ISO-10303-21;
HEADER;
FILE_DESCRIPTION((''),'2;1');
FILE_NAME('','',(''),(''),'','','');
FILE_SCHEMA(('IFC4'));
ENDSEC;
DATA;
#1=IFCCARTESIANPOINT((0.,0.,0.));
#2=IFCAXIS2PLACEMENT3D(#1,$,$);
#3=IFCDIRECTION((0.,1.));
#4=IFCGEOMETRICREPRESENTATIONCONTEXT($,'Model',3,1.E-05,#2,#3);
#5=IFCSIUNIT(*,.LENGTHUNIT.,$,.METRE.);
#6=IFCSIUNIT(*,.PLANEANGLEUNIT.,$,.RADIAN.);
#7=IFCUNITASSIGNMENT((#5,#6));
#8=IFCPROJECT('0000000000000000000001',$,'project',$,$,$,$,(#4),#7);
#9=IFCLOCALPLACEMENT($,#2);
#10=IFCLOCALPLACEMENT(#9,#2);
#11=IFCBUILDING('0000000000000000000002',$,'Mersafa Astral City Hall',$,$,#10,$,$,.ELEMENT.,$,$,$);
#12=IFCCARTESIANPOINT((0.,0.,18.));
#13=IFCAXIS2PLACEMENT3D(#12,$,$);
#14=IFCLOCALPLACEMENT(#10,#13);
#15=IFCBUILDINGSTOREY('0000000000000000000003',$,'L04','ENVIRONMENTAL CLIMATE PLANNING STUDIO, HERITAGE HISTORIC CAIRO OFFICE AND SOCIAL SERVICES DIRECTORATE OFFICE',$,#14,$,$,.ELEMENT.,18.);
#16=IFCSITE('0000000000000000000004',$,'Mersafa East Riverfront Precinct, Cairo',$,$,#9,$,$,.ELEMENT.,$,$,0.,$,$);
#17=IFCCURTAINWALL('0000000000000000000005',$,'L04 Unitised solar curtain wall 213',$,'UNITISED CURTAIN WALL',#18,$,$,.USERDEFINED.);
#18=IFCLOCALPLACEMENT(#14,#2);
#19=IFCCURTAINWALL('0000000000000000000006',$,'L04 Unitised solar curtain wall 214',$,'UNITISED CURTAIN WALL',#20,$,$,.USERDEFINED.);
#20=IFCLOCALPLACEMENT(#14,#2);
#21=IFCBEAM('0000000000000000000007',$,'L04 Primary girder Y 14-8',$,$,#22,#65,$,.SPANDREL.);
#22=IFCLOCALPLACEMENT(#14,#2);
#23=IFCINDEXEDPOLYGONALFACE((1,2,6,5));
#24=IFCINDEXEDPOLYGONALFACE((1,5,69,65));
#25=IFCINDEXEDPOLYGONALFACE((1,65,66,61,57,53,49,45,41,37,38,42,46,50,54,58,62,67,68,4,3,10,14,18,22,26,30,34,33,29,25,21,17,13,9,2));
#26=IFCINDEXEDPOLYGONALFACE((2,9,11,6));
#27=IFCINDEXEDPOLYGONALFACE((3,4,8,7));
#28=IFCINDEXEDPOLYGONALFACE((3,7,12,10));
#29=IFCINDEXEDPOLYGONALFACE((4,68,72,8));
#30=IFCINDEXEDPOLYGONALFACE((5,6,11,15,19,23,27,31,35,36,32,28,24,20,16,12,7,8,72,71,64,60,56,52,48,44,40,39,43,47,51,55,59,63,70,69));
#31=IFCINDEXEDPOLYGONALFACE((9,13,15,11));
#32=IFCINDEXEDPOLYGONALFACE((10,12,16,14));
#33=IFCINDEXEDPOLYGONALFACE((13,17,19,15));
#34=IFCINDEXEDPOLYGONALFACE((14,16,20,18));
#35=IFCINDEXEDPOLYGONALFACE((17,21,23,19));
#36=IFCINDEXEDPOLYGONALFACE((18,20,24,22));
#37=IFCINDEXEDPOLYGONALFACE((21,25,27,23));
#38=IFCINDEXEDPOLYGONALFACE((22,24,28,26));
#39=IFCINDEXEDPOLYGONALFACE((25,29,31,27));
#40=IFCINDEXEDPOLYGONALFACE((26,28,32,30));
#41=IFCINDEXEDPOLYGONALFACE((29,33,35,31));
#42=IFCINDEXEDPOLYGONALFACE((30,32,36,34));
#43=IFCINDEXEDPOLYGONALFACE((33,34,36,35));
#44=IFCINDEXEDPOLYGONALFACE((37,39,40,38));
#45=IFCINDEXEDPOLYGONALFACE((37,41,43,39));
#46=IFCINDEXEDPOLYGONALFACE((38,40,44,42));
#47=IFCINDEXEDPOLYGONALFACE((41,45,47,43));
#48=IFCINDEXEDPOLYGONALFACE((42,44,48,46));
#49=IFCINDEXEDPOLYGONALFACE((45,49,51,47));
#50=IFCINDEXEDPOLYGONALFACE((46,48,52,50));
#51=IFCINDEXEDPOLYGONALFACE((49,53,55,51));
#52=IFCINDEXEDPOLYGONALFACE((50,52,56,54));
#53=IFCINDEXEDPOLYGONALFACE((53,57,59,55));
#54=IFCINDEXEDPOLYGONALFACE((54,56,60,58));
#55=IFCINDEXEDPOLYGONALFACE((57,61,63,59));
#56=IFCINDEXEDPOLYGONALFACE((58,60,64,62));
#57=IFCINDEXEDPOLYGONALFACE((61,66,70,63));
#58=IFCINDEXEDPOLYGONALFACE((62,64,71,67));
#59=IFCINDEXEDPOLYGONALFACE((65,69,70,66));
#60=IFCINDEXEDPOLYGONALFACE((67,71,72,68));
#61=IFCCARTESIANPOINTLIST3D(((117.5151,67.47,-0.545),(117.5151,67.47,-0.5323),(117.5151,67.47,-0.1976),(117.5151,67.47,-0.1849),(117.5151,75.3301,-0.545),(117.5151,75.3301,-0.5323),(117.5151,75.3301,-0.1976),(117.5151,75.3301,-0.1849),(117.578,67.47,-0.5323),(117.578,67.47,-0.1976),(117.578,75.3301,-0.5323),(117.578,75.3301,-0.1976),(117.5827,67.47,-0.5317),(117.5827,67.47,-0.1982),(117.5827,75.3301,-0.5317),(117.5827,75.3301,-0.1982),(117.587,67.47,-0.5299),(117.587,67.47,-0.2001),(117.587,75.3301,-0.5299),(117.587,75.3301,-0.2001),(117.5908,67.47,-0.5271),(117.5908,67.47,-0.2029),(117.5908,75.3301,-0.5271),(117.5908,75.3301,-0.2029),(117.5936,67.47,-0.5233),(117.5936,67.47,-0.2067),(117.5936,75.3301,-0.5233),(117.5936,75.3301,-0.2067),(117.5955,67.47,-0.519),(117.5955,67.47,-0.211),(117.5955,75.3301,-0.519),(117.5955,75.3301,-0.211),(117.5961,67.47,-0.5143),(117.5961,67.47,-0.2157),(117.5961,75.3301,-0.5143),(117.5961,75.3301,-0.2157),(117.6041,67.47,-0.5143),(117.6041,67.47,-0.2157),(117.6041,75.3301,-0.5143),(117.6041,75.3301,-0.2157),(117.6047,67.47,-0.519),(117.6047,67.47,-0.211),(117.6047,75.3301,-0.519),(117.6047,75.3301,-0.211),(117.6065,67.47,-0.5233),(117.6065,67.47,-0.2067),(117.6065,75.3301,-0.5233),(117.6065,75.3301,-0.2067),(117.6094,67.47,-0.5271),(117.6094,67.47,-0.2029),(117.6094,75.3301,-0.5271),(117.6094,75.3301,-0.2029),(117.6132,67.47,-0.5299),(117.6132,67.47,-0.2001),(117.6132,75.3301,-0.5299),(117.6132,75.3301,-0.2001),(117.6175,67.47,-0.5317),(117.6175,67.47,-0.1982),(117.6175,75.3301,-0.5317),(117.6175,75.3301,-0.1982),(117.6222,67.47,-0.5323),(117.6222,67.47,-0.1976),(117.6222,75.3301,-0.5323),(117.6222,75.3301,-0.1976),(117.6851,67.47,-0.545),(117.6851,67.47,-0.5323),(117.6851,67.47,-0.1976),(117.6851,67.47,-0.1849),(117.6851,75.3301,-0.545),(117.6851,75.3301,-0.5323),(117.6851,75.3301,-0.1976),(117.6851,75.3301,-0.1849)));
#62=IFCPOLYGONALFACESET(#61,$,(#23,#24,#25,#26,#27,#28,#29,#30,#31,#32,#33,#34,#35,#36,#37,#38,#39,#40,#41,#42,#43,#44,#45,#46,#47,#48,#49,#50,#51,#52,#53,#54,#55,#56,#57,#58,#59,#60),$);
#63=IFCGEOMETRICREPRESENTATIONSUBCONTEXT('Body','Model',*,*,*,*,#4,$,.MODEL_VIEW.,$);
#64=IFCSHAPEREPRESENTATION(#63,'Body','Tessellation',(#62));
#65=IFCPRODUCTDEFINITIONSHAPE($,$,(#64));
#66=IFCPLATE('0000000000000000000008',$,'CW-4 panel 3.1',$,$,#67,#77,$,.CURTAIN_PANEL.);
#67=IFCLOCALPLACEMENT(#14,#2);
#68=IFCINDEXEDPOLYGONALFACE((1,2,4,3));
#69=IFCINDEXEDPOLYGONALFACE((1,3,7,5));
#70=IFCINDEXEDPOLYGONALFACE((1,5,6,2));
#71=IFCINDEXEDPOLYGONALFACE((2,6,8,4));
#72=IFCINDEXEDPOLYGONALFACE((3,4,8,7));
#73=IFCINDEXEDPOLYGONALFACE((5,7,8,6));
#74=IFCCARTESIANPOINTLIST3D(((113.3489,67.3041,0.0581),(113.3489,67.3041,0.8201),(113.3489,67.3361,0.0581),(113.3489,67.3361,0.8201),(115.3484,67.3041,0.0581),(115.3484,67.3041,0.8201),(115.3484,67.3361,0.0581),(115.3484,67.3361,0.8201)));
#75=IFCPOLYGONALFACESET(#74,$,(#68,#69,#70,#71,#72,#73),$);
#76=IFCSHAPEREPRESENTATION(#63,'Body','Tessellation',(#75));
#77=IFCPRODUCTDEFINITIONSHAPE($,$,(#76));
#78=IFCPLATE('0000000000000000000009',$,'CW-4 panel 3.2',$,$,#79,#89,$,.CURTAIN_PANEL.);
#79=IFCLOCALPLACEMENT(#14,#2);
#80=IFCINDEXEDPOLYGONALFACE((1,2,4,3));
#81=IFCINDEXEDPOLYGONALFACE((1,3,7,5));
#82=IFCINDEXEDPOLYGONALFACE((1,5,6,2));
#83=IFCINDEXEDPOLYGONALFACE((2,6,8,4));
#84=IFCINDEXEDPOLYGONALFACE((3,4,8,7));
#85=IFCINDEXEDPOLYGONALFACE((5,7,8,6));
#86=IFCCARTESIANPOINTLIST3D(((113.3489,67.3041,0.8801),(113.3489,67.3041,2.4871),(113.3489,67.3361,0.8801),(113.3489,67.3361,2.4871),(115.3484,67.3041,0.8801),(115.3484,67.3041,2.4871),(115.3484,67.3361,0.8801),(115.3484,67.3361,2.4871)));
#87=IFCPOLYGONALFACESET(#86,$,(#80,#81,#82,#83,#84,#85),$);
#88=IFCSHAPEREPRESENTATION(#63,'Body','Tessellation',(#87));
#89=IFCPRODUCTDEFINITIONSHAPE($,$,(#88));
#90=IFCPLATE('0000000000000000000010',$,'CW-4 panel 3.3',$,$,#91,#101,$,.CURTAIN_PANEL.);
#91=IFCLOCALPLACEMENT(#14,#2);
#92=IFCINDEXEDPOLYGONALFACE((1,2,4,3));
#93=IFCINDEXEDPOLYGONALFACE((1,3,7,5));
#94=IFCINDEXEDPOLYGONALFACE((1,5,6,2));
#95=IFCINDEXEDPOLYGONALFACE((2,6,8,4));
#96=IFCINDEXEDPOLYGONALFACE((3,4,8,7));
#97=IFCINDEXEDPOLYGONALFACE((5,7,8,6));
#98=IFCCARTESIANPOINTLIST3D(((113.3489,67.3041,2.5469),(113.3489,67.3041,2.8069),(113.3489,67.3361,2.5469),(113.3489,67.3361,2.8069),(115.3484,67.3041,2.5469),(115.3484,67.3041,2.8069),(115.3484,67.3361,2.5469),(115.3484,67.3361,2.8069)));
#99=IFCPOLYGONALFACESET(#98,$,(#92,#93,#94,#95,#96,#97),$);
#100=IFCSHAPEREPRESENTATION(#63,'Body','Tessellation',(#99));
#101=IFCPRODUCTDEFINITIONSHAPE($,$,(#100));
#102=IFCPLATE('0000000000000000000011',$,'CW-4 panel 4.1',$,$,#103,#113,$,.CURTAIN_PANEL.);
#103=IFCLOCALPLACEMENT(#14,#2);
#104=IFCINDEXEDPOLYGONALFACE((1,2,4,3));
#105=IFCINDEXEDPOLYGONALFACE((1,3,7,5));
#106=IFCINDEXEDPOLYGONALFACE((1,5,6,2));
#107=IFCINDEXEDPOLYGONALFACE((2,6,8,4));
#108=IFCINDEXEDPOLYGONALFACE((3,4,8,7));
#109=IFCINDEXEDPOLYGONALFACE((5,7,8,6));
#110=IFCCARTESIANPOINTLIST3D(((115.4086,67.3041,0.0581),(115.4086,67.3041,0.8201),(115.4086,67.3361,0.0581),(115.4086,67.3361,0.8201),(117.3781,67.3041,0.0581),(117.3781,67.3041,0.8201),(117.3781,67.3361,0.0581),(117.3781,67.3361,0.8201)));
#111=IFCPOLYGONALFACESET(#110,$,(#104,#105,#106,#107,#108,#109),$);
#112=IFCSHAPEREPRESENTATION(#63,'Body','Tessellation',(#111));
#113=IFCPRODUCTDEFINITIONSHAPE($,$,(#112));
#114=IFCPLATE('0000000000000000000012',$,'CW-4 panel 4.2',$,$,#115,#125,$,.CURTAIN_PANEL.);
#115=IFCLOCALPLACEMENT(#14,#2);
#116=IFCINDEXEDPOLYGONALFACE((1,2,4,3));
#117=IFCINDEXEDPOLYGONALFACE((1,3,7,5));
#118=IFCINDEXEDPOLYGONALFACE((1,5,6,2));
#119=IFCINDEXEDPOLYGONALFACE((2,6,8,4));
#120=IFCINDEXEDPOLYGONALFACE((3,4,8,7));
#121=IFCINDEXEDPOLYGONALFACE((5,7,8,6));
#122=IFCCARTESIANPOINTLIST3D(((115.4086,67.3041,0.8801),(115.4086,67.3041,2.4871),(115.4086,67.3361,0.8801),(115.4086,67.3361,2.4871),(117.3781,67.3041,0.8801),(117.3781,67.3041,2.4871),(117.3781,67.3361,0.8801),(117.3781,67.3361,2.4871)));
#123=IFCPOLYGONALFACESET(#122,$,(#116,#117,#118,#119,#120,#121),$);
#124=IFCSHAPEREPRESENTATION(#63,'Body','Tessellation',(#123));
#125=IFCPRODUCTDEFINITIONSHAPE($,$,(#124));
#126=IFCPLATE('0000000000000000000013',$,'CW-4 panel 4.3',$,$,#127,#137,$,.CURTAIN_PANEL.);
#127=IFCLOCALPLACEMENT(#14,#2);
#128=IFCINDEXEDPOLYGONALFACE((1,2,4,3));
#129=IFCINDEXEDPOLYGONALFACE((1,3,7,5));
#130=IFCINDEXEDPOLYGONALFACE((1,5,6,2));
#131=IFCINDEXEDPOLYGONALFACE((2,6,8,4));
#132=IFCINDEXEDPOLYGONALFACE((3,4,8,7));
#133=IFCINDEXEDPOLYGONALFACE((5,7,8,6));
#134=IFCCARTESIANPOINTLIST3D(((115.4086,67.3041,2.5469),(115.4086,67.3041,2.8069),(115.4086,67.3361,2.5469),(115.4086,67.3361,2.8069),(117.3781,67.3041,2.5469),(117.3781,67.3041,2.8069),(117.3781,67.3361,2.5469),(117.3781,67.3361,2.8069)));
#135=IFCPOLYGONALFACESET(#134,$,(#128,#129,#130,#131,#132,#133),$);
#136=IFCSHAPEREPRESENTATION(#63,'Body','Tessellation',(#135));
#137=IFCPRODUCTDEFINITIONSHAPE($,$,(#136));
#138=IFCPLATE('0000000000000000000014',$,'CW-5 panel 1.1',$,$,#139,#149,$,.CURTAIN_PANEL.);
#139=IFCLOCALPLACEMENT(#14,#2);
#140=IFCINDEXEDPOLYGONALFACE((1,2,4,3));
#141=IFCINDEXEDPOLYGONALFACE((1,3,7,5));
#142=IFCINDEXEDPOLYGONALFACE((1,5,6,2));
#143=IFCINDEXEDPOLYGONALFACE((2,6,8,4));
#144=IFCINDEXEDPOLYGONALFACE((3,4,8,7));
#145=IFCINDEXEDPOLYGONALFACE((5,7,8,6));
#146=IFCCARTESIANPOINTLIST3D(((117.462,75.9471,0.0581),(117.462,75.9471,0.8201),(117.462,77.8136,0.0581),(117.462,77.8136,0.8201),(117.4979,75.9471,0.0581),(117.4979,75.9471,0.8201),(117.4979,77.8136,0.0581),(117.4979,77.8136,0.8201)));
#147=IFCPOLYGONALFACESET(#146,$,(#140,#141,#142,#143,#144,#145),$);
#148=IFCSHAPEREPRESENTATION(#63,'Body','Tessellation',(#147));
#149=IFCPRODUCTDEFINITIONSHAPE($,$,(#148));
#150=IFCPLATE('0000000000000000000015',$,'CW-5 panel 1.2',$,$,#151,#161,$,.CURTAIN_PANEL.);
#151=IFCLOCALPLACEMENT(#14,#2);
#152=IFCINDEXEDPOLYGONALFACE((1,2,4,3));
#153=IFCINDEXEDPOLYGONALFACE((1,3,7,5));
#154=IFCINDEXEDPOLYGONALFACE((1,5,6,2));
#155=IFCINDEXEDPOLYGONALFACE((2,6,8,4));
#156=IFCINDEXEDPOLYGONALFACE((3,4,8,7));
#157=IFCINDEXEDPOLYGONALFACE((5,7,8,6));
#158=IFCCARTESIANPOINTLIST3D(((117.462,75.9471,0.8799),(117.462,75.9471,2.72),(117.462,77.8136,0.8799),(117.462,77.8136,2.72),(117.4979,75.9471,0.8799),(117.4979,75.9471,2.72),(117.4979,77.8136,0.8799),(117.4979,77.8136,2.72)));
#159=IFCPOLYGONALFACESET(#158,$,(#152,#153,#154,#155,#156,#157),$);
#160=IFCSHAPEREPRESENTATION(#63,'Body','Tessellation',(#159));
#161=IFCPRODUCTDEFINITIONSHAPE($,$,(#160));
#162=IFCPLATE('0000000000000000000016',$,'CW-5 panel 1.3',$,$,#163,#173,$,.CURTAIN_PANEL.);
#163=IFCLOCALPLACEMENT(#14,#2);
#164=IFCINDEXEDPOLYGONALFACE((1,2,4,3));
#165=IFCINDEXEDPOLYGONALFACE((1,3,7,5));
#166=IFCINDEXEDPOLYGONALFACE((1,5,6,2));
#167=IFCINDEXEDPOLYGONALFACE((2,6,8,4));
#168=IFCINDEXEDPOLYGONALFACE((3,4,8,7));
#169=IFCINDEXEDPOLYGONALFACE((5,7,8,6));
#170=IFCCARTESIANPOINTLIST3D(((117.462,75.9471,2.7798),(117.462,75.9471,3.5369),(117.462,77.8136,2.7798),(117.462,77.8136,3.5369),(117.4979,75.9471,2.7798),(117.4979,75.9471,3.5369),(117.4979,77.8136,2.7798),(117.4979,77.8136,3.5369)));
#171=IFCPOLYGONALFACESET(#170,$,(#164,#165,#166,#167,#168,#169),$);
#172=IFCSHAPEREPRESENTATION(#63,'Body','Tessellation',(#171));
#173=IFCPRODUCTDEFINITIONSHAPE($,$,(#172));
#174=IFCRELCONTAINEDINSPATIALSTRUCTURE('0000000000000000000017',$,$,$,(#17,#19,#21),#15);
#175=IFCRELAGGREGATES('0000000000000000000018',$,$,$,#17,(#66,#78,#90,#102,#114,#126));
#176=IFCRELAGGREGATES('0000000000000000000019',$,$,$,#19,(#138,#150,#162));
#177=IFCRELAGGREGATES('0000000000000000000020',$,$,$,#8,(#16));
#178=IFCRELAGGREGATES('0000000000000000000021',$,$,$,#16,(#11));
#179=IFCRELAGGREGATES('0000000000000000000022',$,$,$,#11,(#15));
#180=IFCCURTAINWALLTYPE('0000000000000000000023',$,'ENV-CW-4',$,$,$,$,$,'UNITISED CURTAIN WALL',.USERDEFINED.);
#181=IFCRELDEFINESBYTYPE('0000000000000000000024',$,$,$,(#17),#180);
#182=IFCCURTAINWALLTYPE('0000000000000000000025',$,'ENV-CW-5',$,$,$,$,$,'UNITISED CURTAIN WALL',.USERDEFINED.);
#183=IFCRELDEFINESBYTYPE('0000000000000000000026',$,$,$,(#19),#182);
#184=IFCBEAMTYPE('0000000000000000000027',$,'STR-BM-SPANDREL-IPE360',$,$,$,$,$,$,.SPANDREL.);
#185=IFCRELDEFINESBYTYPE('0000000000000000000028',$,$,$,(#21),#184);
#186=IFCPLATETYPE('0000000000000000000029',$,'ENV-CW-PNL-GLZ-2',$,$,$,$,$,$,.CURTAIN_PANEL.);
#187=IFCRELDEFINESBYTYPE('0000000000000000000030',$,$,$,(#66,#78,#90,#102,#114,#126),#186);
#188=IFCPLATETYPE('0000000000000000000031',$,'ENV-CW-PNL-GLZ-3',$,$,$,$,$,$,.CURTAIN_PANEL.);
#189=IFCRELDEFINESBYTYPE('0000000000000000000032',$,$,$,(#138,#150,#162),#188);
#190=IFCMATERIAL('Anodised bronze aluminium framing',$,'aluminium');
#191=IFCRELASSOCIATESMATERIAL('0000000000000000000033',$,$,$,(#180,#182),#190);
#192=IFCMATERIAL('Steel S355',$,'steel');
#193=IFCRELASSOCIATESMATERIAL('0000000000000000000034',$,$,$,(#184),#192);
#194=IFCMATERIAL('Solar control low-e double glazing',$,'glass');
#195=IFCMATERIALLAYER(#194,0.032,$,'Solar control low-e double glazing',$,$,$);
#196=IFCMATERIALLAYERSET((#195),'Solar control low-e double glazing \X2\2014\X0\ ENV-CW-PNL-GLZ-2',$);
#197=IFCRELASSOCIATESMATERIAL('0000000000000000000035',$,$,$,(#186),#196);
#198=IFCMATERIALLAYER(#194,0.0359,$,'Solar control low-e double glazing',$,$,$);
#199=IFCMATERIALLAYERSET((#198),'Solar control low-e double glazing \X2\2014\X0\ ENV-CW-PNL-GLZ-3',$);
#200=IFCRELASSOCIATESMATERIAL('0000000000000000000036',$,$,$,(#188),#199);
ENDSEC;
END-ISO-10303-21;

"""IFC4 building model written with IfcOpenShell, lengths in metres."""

from ifc_helpers import new_model, si_unit, direction, frame, origin, origin_2d, place, context, subcontext, project, spatial, rectangle, i_section, extrude, material, layer, layer_set, material_profile, profile_set, type_object, element, aggregate, save


model = new_model("IFC4")

# Units and contexts
model_context = context("Model", 3, precision=1e-05, world=origin(), true_north=direction((0.0, 1.0)))
body_context = subcontext(model_context, "Body", "Model", "MODEL_VIEW")
ifc_project = project(units=[si_unit("LENGTHUNIT", "METRE"), si_unit("PLANEANGLEUNIT", "RADIAN")], contexts=[model_context])

# Site, building, storey
site_placement = place(None, origin())
site = spatial("IfcSite", under=ifc_project, at=site_placement, Name="Mersafa East Riverfront Precinct, Cairo", CompositionType="ELEMENT", RefElevation=0.0)
building_placement = place(site_placement, origin())
building = spatial("IfcBuilding", under=site, at=building_placement, Name="Mersafa Astral City Hall", CompositionType="ELEMENT")
storey_placement = place(building_placement, frame((0.0, 0.0, 18.0)))
storey = spatial("IfcBuildingStorey", under=building, at=storey_placement, Name="L04", Description="ENVIRONMENTAL CLIMATE PLANNING STUDIO, HERITAGE HISTORIC CAIRO OFFICE AND SOCIAL SERVICES DIRECTORATE OFFICE", CompositionType="ELEMENT", Elevation=18.0)

# Shared definitions
ifc_material_1 = material(Name="Steel S355", Category="steel")

# Curtain walls
ifc_material_2 = material(Name="Anodised bronze aluminium framing", Category="aluminium")
curtain_wall_type_1 = type_object("IfcCurtainWallType", Name="ENV-CW-4", ElementType="UNITISED CURTAIN WALL", PredefinedType="USERDEFINED", material=ifc_material_2)
curtain_wall_1_placement = place(storey_placement, origin())
curtain_wall_1 = element("IfcCurtainWall", 1, at=curtain_wall_1_placement, inside=storey, type_object=curtain_wall_type_1, Name="L04 Unitised solar curtain wall 213", ObjectType="UNITISED CURTAIN WALL", PredefinedType="USERDEFINED")
curtain_wall_type_2 = type_object("IfcCurtainWallType", Name="ENV-CW-5", ElementType="UNITISED CURTAIN WALL", PredefinedType="USERDEFINED", material=ifc_material_2)
curtain_wall_2_placement = place(storey_placement, origin())
curtain_wall_2 = element("IfcCurtainWall", 2, at=curtain_wall_2_placement, inside=storey, type_object=curtain_wall_type_2, Name="L04 Unitised solar curtain wall 214", ObjectType="UNITISED CURTAIN WALL", PredefinedType="USERDEFINED")

# Beam
ifc_material_profile_1 = material_profile(ifc_material_1, i_section(OverallWidth=0.1699, OverallDepth=0.3601, WebThickness=0.0081, FlangeThickness=0.0127, FilletRadius=0.0181, at=origin_2d()), Name="IPE 360")
ifc_profile_set_1 = profile_set([ifc_material_profile_1], Name="Steel S355")
beam_type_1 = type_object("IfcBeamType", Name="STR-BM-SPANDREL-IPE360", PredefinedType="SPANDREL", material=ifc_profile_set_1)
beam_placement = place(storey_placement, frame((117.6001, 67.47, -0.365), z_axis=(0.0, 1.0, 0.0), x_axis=(-1.0, 0.0, 0.0)))
element("IfcBeam", 3, at=beam_placement, inside=storey, type_object=beam_type_1, Name="L04 Primary girder Y 14-8", PredefinedType="SPANDREL", context=body_context, shape_type="SweptSolid", body=[
    extrude(i_section(OverallWidth=0.1699, OverallDepth=0.3601, WebThickness=0.0081, FlangeThickness=0.0127, FilletRadius=0.0181, at=origin_2d()), origin(), (0.0, 0.0, 1.0), 7.8601),
])

# Plates
ifc_material_3 = material(Name="Solar control low-e double glazing", Category="glass")
ifc_layer_1 = layer(ifc_material_3, 0.032, Name="Solar control low-e double glazing")
ifc_layer_set_1 = layer_set([ifc_layer_1], Name="Solar control low-e double glazing — ENV-CW-PNL-GLZ-2")
plate_type_1 = type_object("IfcPlateType", Name="ENV-CW-PNL-GLZ-2", PredefinedType="CURTAIN_PANEL", material=ifc_layer_set_1)
plate_1_placement = place(storey_placement, frame((114.3486, 67.3201, 0.0581), z_axis=(0.0, 0.0, 1.0), x_axis=(1.0, 0.0, 0.0)))
plate_1 = element("IfcPlate", 4, at=plate_1_placement, type_object=plate_type_1, Name="CW-4 panel 3.1", PredefinedType="CURTAIN_PANEL", context=body_context, shape_type="SweptSolid", body=[
    extrude(rectangle(XDim=1.9995, YDim=0.032, at=origin_2d()), origin(), (0.0, 0.0, 1.0), 0.762),
])
plate_2_placement = place(storey_placement, frame((114.3486, 67.3201, 0.8801), z_axis=(0.0, 0.0, 1.0), x_axis=(1.0, 0.0, 0.0)))
plate_2 = element("IfcPlate", 5, at=plate_2_placement, type_object=plate_type_1, Name="CW-4 panel 3.2", PredefinedType="CURTAIN_PANEL", context=body_context, shape_type="SweptSolid", body=[
    extrude(rectangle(XDim=1.9995, YDim=0.032, at=origin_2d()), origin(), (0.0, 0.0, 1.0), 1.6069),
])
plate_3_placement = place(storey_placement, frame((114.3486, 67.3201, 2.5469), z_axis=(0.0, 0.0, 1.0), x_axis=(1.0, 0.0, 0.0)))
plate_3 = element("IfcPlate", 6, at=plate_3_placement, type_object=plate_type_1, Name="CW-4 panel 3.3", PredefinedType="CURTAIN_PANEL", context=body_context, shape_type="SweptSolid", body=[
    extrude(rectangle(XDim=1.9995, YDim=0.032, at=origin_2d()), origin(), (0.0, 0.0, 1.0), 0.26),
])
plate_4_placement = place(storey_placement, frame((116.3933, 67.3201, 0.0581), z_axis=(0.0, 0.0, 1.0), x_axis=(1.0, 0.0, 0.0)))
plate_4 = element("IfcPlate", 7, at=plate_4_placement, type_object=plate_type_1, Name="CW-4 panel 4.1", PredefinedType="CURTAIN_PANEL", context=body_context, shape_type="SweptSolid", body=[
    extrude(rectangle(XDim=1.9695, YDim=0.032, at=origin_2d()), origin(), (0.0, 0.0, 1.0), 0.762),
])
plate_5_placement = place(storey_placement, frame((116.3933, 67.3201, 0.8801), z_axis=(0.0, 0.0, 1.0), x_axis=(1.0, 0.0, 0.0)))
plate_5 = element("IfcPlate", 8, at=plate_5_placement, type_object=plate_type_1, Name="CW-4 panel 4.2", PredefinedType="CURTAIN_PANEL", context=body_context, shape_type="SweptSolid", body=[
    extrude(rectangle(XDim=1.9695, YDim=0.032, at=origin_2d()), origin(), (0.0, 0.0, 1.0), 1.6069),
])
plate_6_placement = place(storey_placement, frame((116.3933, 67.3201, 2.5469), z_axis=(0.0, 0.0, 1.0), x_axis=(1.0, 0.0, 0.0)))
plate_6 = element("IfcPlate", 9, at=plate_6_placement, type_object=plate_type_1, Name="CW-4 panel 4.3", PredefinedType="CURTAIN_PANEL", context=body_context, shape_type="SweptSolid", body=[
    extrude(rectangle(XDim=1.9695, YDim=0.032, at=origin_2d()), origin(), (0.0, 0.0, 1.0), 0.26),
])
aggregate(curtain_wall_1, [plate_1, plate_2, plate_3, plate_4, plate_5, plate_6])
ifc_layer_2 = layer(ifc_material_3, 0.0359, Name="Solar control low-e double glazing")
ifc_layer_set_2 = layer_set([ifc_layer_2], Name="Solar control low-e double glazing — ENV-CW-PNL-GLZ-3")
plate_type_2 = type_object("IfcPlateType", Name="ENV-CW-PNL-GLZ-3", PredefinedType="CURTAIN_PANEL", material=ifc_layer_set_2)
plate_7_placement = place(storey_placement, frame((117.48, 76.8804, 0.0581), z_axis=(0.0, 0.0, 1.0), x_axis=(0.0, 1.0, 0.0)))
plate_7 = element("IfcPlate", 10, at=plate_7_placement, type_object=plate_type_2, Name="CW-5 panel 1.1", PredefinedType="CURTAIN_PANEL", context=body_context, shape_type="SweptSolid", body=[
    extrude(rectangle(XDim=1.8665, YDim=0.0359, at=origin_2d()), origin(), (0.0, 0.0, 1.0), 0.762),
])
plate_8_placement = place(storey_placement, frame((117.48, 76.8804, 0.8799), z_axis=(0.0, 0.0, 1.0), x_axis=(0.0, 1.0, 0.0)))
plate_8 = element("IfcPlate", 11, at=plate_8_placement, type_object=plate_type_2, Name="CW-5 panel 1.2", PredefinedType="CURTAIN_PANEL", context=body_context, shape_type="SweptSolid", body=[
    extrude(rectangle(XDim=1.8665, YDim=0.0359, at=origin_2d()), origin(), (0.0, 0.0, 1.0), 1.8401),
])
plate_9_placement = place(storey_placement, frame((117.48, 76.8804, 2.7798), z_axis=(0.0, 0.0, 1.0), x_axis=(0.0, 1.0, 0.0)))
plate_9 = element("IfcPlate", 12, at=plate_9_placement, type_object=plate_type_2, Name="CW-5 panel 1.3", PredefinedType="CURTAIN_PANEL", context=body_context, shape_type="SweptSolid", body=[
    extrude(rectangle(XDim=1.8665, YDim=0.0359, at=origin_2d()), origin(), (0.0, 0.0, 1.0), 0.7571),
])
aggregate(curtain_wall_2, [plate_7, plate_8, plate_9])

save(model, "model.ifc")
